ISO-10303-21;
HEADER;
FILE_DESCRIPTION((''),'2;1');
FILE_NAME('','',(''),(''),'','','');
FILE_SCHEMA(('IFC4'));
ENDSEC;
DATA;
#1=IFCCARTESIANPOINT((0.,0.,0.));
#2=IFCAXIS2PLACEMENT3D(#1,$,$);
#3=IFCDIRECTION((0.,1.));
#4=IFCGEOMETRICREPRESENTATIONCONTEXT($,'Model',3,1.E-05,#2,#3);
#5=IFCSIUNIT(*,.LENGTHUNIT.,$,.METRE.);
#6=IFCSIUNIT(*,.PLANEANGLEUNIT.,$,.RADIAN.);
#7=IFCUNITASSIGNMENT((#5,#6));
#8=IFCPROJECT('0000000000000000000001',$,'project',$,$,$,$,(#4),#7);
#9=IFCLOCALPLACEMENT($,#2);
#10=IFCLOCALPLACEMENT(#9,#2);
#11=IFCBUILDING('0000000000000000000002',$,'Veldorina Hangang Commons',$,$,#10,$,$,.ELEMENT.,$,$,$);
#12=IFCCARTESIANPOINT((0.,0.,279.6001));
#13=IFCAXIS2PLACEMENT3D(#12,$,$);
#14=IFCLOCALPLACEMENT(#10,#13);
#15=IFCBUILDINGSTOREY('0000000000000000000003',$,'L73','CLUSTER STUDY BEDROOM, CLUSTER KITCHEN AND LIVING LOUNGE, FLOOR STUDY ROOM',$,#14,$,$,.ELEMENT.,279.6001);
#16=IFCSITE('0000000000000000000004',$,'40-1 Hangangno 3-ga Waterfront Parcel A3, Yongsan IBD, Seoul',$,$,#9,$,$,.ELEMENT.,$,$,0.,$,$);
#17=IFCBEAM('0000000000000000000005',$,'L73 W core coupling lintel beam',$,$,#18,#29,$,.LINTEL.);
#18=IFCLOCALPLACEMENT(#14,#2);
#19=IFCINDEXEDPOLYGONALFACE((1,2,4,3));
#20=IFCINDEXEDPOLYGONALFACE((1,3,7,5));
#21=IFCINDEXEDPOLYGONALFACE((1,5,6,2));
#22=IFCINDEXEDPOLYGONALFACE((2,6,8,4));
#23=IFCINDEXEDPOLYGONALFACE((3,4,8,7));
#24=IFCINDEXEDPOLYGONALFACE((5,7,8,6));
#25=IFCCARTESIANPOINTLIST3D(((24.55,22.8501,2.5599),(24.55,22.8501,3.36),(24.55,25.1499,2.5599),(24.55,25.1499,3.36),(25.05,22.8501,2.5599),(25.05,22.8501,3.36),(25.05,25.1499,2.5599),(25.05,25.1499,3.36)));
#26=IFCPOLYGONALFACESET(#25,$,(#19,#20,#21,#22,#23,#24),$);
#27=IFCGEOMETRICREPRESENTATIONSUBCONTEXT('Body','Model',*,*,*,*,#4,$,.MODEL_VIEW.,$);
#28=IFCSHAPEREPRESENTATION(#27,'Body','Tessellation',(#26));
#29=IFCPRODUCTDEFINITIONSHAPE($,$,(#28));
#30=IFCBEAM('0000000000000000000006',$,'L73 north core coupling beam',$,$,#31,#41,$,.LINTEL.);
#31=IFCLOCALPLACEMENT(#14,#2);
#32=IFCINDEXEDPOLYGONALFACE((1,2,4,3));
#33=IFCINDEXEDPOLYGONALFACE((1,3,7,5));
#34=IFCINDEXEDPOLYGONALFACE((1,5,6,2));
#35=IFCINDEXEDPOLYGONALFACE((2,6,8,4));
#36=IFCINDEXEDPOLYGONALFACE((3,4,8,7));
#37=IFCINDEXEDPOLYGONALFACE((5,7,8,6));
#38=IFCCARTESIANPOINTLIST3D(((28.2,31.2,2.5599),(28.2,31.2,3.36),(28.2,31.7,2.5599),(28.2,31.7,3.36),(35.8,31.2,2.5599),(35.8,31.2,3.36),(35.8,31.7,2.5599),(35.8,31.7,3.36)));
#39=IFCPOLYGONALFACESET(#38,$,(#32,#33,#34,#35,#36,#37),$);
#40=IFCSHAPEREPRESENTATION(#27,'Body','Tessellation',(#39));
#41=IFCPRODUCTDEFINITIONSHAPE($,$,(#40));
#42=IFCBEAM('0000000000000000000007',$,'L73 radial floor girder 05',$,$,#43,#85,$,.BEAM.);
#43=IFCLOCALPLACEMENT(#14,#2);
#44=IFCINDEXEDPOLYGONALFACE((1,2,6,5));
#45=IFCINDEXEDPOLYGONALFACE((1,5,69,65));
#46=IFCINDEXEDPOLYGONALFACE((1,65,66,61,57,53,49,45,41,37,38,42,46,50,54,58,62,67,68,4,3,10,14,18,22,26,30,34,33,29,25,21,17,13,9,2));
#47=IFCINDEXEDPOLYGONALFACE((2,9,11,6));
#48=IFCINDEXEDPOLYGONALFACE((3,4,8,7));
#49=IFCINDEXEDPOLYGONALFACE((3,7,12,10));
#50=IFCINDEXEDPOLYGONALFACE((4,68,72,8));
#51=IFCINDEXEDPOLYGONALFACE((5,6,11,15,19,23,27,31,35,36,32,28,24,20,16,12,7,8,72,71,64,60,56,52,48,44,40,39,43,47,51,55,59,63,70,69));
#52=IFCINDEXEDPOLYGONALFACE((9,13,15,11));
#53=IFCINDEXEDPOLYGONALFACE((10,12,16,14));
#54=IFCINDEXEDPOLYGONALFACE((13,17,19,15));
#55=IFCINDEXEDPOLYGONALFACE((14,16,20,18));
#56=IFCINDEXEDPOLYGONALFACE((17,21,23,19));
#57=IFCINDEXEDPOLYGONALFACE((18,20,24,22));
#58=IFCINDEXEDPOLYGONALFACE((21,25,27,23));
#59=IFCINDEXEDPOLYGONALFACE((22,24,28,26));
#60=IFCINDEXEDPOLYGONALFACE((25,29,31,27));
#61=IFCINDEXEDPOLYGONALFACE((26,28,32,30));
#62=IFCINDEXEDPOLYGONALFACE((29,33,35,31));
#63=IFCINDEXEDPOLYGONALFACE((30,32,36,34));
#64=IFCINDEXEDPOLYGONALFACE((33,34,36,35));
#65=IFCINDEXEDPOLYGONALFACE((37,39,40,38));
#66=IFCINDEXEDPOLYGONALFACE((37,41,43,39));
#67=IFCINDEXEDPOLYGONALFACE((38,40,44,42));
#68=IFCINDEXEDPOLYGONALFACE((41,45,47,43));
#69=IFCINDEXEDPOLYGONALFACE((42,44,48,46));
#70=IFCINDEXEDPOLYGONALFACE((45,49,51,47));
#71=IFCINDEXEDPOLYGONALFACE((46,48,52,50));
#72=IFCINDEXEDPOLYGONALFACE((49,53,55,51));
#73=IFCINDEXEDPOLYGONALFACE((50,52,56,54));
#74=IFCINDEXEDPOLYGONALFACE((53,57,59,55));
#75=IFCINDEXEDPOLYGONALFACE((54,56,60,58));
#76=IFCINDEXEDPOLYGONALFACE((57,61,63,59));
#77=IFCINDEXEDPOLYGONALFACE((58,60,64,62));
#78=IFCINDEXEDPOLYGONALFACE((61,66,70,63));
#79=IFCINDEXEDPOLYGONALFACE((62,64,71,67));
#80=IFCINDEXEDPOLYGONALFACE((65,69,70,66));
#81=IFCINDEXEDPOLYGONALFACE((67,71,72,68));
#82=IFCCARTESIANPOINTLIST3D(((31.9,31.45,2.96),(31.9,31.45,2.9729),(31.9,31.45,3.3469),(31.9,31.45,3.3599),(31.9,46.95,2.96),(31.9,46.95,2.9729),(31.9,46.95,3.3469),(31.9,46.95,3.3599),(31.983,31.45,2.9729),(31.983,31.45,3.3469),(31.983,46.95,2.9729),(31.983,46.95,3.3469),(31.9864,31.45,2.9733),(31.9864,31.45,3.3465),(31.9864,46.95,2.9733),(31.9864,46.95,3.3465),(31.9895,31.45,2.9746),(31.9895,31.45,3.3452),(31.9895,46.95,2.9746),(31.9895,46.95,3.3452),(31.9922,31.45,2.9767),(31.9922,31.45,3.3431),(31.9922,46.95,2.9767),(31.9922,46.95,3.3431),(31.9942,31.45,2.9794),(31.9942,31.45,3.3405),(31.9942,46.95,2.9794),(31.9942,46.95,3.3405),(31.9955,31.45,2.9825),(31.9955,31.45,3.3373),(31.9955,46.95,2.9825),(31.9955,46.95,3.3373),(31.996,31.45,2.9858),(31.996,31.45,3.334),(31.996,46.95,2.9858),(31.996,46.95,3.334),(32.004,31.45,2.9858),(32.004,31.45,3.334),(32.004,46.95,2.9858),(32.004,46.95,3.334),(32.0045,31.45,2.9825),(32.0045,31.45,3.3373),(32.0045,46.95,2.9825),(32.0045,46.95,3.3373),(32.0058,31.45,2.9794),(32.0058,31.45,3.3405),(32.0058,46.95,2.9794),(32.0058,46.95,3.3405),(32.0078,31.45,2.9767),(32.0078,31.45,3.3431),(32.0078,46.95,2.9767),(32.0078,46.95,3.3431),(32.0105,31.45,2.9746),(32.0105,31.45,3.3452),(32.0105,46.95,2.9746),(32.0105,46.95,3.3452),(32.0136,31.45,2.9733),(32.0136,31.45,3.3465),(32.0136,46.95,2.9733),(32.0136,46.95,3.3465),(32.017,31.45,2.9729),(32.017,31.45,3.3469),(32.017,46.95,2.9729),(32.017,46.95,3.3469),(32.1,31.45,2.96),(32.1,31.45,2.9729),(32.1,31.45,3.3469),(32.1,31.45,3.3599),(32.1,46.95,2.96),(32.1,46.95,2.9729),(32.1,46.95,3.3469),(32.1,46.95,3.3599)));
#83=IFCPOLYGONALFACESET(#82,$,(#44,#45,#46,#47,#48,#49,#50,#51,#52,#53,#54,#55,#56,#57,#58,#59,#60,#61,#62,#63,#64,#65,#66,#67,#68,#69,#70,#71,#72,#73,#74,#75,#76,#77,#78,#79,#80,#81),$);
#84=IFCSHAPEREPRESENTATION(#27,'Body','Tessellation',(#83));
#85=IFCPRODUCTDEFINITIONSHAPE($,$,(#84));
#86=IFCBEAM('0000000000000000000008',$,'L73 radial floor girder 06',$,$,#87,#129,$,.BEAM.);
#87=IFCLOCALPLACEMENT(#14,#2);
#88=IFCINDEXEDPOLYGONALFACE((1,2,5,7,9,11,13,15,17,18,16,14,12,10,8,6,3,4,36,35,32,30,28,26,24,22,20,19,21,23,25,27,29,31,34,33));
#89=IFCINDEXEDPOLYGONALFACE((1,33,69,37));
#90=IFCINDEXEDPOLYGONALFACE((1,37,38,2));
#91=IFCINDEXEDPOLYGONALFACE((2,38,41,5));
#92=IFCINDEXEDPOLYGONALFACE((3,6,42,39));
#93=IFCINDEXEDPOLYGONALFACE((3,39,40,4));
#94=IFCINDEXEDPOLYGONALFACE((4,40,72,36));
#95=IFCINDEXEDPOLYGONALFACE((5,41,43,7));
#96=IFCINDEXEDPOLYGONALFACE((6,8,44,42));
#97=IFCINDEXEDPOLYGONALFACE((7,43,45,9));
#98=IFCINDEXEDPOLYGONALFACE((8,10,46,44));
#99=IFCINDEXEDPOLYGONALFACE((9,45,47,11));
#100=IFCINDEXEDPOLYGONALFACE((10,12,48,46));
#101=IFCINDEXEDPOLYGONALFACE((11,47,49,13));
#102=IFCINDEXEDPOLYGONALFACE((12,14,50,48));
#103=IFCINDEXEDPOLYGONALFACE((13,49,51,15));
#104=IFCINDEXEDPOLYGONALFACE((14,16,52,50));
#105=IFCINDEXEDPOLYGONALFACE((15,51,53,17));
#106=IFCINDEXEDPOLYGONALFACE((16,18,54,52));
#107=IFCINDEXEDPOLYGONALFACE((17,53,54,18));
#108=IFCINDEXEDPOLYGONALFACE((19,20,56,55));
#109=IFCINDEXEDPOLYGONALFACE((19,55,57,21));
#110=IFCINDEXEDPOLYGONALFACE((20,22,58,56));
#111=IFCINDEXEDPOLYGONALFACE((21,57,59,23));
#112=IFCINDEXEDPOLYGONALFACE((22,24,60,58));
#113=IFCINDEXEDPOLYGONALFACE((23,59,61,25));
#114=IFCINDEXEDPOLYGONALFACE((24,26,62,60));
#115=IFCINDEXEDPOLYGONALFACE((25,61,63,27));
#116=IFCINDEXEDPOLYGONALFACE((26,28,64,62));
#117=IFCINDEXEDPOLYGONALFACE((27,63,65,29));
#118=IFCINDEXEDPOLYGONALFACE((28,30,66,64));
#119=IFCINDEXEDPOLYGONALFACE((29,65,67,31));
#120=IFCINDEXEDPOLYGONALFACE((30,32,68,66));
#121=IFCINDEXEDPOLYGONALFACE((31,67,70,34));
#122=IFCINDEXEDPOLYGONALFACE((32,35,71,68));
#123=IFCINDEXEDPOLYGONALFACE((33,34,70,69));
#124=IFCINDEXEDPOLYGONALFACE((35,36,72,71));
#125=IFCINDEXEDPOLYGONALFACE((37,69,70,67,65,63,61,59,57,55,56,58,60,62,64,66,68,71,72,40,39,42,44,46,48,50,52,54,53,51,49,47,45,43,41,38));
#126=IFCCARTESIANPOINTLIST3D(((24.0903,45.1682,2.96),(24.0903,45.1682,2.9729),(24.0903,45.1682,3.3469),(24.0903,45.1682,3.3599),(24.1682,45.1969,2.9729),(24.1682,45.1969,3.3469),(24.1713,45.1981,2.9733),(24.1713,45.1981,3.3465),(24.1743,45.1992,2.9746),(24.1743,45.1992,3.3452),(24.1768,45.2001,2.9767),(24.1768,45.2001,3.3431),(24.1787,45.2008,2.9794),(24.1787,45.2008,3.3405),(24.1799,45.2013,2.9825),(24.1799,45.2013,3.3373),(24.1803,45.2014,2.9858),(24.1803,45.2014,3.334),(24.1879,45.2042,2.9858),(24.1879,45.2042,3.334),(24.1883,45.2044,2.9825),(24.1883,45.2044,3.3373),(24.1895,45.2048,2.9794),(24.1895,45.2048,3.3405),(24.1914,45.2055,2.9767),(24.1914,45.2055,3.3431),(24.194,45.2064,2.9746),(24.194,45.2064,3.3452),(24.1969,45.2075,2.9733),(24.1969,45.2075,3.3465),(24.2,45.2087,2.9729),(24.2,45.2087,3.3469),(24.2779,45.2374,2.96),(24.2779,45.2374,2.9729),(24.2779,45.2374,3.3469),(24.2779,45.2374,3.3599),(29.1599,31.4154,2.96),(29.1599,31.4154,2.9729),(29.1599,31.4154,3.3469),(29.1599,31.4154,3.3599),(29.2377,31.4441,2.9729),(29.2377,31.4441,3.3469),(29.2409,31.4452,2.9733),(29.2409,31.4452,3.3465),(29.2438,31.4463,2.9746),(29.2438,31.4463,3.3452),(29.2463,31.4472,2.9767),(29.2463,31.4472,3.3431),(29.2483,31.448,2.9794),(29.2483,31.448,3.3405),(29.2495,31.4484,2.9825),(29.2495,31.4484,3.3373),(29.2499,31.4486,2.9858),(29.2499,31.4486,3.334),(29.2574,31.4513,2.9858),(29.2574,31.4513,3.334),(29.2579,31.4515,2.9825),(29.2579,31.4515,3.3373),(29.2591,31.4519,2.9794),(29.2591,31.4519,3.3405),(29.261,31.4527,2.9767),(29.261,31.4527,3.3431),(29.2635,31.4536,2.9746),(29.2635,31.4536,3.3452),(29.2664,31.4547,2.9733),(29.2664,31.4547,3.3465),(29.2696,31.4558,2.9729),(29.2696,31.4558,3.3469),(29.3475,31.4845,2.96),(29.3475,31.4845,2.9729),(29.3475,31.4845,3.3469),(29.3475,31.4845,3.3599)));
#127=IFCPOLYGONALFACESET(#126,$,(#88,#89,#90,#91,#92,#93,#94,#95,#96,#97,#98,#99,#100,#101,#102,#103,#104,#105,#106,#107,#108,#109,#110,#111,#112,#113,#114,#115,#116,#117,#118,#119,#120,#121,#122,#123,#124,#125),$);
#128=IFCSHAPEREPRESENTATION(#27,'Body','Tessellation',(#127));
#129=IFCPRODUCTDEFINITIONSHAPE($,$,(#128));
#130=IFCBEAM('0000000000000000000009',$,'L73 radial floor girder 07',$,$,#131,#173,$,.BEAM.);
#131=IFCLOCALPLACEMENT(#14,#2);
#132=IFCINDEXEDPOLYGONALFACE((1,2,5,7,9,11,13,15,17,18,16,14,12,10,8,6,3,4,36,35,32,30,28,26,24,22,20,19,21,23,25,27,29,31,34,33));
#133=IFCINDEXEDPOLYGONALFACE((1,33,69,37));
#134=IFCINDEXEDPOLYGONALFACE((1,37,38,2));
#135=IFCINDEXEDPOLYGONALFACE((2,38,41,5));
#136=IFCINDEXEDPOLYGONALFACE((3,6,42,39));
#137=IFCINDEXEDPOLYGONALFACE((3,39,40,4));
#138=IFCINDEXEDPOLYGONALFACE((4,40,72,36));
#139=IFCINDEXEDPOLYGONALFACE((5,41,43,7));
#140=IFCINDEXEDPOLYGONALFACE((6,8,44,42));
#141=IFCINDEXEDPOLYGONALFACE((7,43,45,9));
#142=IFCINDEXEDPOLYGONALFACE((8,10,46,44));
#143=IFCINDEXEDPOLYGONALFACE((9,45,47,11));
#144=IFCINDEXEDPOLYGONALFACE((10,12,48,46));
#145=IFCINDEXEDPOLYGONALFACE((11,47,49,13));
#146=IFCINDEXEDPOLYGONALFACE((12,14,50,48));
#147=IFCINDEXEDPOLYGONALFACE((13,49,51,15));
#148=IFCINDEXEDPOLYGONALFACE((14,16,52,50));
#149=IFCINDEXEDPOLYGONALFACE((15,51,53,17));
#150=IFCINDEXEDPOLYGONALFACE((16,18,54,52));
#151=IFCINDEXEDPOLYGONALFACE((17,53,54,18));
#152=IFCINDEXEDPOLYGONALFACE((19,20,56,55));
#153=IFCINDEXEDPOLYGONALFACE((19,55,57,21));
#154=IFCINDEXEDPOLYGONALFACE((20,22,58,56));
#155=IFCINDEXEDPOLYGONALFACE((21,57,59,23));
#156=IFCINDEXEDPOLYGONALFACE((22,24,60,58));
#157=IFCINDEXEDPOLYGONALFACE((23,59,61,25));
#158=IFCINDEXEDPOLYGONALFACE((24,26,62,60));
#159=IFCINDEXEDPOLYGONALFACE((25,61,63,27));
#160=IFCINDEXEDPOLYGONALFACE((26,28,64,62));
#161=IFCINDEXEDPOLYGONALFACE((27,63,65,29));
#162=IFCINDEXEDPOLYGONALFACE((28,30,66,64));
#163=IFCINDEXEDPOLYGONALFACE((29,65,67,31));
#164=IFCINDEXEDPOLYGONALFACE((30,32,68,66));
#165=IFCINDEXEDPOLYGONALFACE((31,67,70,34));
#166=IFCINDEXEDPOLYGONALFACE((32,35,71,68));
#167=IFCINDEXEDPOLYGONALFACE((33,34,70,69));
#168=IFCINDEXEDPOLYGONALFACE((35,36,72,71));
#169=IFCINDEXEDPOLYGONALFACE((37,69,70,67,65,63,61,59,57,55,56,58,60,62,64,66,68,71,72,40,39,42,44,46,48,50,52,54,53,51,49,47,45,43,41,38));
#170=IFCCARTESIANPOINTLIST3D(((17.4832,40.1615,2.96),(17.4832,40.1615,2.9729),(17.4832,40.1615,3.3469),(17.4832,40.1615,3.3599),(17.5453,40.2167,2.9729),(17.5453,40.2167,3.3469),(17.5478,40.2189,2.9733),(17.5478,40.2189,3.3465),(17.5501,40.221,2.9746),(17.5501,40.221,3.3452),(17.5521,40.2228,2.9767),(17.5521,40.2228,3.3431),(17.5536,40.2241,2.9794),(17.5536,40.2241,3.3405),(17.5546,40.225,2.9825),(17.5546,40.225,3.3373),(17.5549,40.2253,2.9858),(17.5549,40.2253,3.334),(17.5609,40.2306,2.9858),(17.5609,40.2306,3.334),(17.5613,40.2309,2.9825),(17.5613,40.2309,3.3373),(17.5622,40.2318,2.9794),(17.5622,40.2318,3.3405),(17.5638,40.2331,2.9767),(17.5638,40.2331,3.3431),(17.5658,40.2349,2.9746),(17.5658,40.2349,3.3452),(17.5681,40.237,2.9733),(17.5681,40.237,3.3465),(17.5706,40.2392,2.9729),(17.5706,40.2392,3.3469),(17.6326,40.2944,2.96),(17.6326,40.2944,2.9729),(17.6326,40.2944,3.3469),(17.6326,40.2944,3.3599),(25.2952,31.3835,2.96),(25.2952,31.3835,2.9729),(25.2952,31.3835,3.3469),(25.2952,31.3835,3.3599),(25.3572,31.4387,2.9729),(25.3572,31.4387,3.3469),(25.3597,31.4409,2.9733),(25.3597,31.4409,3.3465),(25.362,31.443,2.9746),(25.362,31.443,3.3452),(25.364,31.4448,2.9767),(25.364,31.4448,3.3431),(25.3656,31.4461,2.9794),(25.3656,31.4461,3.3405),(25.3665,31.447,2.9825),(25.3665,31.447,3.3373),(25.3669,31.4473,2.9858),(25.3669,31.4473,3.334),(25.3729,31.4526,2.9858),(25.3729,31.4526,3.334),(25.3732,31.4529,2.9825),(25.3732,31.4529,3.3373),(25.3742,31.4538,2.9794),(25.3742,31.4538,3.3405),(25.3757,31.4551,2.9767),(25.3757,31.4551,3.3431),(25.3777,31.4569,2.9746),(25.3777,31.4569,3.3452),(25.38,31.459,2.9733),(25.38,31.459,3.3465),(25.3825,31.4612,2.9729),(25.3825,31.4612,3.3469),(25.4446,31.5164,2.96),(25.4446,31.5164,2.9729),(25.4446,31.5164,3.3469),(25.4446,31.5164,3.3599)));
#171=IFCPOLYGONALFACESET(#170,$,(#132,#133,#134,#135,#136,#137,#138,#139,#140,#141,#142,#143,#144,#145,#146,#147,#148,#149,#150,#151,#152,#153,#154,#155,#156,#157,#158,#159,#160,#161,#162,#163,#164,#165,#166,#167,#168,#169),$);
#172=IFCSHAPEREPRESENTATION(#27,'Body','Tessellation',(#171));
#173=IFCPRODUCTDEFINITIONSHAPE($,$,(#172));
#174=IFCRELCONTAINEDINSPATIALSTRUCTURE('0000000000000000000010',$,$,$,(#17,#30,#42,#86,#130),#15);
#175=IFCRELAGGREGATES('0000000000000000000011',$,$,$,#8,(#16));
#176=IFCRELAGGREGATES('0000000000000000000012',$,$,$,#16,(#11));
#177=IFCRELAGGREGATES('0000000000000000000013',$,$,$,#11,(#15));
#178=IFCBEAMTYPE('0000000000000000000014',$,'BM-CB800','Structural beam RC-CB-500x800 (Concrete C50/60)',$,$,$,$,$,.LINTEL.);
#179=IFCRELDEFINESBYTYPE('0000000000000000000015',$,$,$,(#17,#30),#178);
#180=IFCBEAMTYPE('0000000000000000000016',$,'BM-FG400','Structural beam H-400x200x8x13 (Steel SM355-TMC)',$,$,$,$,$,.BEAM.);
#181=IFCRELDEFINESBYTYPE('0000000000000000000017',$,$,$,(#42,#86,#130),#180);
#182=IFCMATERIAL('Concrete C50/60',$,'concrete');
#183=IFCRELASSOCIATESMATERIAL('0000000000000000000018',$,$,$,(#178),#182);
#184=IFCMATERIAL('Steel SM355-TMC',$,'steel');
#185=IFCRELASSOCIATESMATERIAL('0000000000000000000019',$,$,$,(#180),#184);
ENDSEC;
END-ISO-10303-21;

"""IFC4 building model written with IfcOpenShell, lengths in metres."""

from ifc_helpers import new_model, si_unit, direction, frame, origin, origin_2d, place, context, subcontext, project, spatial, rectangle, i_section, extrude, material, material_profile, profile_set, type_object, element, save


model = new_model("IFC4")

# Units and contexts
model_context = context("Model", 3, precision=1e-05, world=origin(), true_north=direction((0.0, 1.0)))
body_context = subcontext(model_context, "Body", "Model", "MODEL_VIEW")
ifc_project = project(units=[si_unit("LENGTHUNIT", "METRE"), si_unit("PLANEANGLEUNIT", "RADIAN")], contexts=[model_context])

# Site, building, storey
site_placement = place(None, origin())
site = spatial("IfcSite", under=ifc_project, at=site_placement, Name="40-1 Hangangno 3-ga Waterfront Parcel A3, Yongsan IBD, Seoul", CompositionType="ELEMENT", RefElevation=0.0)
building_placement = place(site_placement, origin())
building = spatial("IfcBuilding", under=site, at=building_placement, Name="Veldorina Hangang Commons", CompositionType="ELEMENT")
storey_placement = place(building_placement, frame((0.0, 0.0, 279.6001)))
storey = spatial("IfcBuildingStorey", under=building, at=storey_placement, Name="L73", Description="CLUSTER STUDY BEDROOM, CLUSTER KITCHEN AND LIVING LOUNGE, FLOOR STUDY ROOM", CompositionType="ELEMENT", Elevation=279.6001)

# Beams
ifc_material_1 = material(Name="Concrete C50/60", Category="concrete")
ifc_material_profile_1 = material_profile(ifc_material_1, rectangle(XDim=0.5, YDim=0.8, at=origin_2d()), Name="RC-CB-500x800")
ifc_profile_set_1 = profile_set([ifc_material_profile_1], Name="Concrete C50/60")
beam_type_1 = type_object("IfcBeamType", Name="BM-CB800", Description="Structural beam RC-CB-500x800 (Concrete C50/60)", PredefinedType="LINTEL", material=ifc_profile_set_1)
beam_1_placement = place(storey_placement, frame((24.8, 22.8501, 2.96), z_axis=(0.0, 1.0, 0.0), x_axis=(-1.0, 0.0, 0.0)))
element("IfcBeam", 1, at=beam_1_placement, inside=storey, type_object=beam_type_1, Name="L73 W core coupling lintel beam", PredefinedType="LINTEL", context=body_context, shape_type="SweptSolid", body=[
    extrude(rectangle(XDim=0.5, YDim=0.8, at=origin_2d()), origin(), (0.0, 0.0, 1.0), 2.2998),
])
beam_2_placement = place(storey_placement, frame((28.2, 31.45, 2.96), z_axis=(1.0, 0.0, 0.0), x_axis=(0.0, 1.0, 0.0)))
element("IfcBeam", 2, at=beam_2_placement, inside=storey, type_object=beam_type_1, Name="L73 north core coupling beam", PredefinedType="LINTEL", context=body_context, shape_type="SweptSolid", body=[
    extrude(rectangle(XDim=0.5, YDim=0.8, at=origin_2d()), origin(), (0.0, 0.0, 1.0), 7.6001),
])
ifc_material_2 = material(Name="Steel SM355-TMC", Category="steel")
ifc_material_profile_2 = material_profile(ifc_material_2, i_section(OverallWidth=0.2, OverallDepth=0.3999, WebThickness=0.0081, FlangeThickness=0.0129, FilletRadius=0.0129, at=origin_2d()), Name="H-400x200x8x13")
ifc_profile_set_2 = profile_set([ifc_material_profile_2], Name="Steel SM355-TMC")
beam_type_2 = type_object("IfcBeamType", Name="BM-FG400", Description="Structural beam H-400x200x8x13 (Steel SM355-TMC)", PredefinedType="BEAM", material=ifc_profile_set_2)
beam_3_placement = place(storey_placement, frame((32.0, 31.45, 3.1599), z_axis=(0.0, 1.0, 0.0), x_axis=(-1.0, 0.0, 0.0)))
element("IfcBeam", 3, at=beam_3_placement, inside=storey, type_object=beam_type_2, Name="L73 radial floor girder 05", PredefinedType="BEAM", context=body_context, shape_type="SweptSolid", body=[
    extrude(i_section(OverallWidth=0.2, OverallDepth=0.3999, WebThickness=0.0081, FlangeThickness=0.0129, FilletRadius=0.0129, at=origin_2d()), origin(), (0.0, 0.0, 1.0), 15.5),
])
beam_4_placement = place(storey_placement, frame((29.2537, 31.45, 3.1599), z_axis=(-0.345868, 0.938283, 0.0), x_axis=(-0.938283, -0.345868, 0.0)))
element("IfcBeam", 4, at=beam_4_placement, inside=storey, type_object=beam_type_2, Name="L73 radial floor girder 06", PredefinedType="BEAM", context=body_context, shape_type="SweptSolid", body=[
    extrude(i_section(OverallWidth=0.2, OverallDepth=0.3999, WebThickness=0.0081, FlangeThickness=0.0129, FilletRadius=0.0129, at=origin_2d()), origin(), (0.0, 0.0, 1.0), 14.6575),
])
beam_5_placement = place(storey_placement, frame((25.3699, 31.45, 3.1599), z_axis=(-0.664805, 0.747017, 0.0), x_axis=(-0.747017, -0.664805, 0.0)))
element("IfcBeam", 5, at=beam_5_placement, inside=storey, type_object=beam_type_2, Name="L73 radial floor girder 07", PredefinedType="BEAM", context=body_context, shape_type="SweptSolid", body=[
    extrude(i_section(OverallWidth=0.2, OverallDepth=0.3999, WebThickness=0.0081, FlangeThickness=0.0129, FilletRadius=0.0129, at=origin_2d()), origin(), (0.0, 0.0, 1.0), 11.7507),
])

save(model, "model.ifc")
